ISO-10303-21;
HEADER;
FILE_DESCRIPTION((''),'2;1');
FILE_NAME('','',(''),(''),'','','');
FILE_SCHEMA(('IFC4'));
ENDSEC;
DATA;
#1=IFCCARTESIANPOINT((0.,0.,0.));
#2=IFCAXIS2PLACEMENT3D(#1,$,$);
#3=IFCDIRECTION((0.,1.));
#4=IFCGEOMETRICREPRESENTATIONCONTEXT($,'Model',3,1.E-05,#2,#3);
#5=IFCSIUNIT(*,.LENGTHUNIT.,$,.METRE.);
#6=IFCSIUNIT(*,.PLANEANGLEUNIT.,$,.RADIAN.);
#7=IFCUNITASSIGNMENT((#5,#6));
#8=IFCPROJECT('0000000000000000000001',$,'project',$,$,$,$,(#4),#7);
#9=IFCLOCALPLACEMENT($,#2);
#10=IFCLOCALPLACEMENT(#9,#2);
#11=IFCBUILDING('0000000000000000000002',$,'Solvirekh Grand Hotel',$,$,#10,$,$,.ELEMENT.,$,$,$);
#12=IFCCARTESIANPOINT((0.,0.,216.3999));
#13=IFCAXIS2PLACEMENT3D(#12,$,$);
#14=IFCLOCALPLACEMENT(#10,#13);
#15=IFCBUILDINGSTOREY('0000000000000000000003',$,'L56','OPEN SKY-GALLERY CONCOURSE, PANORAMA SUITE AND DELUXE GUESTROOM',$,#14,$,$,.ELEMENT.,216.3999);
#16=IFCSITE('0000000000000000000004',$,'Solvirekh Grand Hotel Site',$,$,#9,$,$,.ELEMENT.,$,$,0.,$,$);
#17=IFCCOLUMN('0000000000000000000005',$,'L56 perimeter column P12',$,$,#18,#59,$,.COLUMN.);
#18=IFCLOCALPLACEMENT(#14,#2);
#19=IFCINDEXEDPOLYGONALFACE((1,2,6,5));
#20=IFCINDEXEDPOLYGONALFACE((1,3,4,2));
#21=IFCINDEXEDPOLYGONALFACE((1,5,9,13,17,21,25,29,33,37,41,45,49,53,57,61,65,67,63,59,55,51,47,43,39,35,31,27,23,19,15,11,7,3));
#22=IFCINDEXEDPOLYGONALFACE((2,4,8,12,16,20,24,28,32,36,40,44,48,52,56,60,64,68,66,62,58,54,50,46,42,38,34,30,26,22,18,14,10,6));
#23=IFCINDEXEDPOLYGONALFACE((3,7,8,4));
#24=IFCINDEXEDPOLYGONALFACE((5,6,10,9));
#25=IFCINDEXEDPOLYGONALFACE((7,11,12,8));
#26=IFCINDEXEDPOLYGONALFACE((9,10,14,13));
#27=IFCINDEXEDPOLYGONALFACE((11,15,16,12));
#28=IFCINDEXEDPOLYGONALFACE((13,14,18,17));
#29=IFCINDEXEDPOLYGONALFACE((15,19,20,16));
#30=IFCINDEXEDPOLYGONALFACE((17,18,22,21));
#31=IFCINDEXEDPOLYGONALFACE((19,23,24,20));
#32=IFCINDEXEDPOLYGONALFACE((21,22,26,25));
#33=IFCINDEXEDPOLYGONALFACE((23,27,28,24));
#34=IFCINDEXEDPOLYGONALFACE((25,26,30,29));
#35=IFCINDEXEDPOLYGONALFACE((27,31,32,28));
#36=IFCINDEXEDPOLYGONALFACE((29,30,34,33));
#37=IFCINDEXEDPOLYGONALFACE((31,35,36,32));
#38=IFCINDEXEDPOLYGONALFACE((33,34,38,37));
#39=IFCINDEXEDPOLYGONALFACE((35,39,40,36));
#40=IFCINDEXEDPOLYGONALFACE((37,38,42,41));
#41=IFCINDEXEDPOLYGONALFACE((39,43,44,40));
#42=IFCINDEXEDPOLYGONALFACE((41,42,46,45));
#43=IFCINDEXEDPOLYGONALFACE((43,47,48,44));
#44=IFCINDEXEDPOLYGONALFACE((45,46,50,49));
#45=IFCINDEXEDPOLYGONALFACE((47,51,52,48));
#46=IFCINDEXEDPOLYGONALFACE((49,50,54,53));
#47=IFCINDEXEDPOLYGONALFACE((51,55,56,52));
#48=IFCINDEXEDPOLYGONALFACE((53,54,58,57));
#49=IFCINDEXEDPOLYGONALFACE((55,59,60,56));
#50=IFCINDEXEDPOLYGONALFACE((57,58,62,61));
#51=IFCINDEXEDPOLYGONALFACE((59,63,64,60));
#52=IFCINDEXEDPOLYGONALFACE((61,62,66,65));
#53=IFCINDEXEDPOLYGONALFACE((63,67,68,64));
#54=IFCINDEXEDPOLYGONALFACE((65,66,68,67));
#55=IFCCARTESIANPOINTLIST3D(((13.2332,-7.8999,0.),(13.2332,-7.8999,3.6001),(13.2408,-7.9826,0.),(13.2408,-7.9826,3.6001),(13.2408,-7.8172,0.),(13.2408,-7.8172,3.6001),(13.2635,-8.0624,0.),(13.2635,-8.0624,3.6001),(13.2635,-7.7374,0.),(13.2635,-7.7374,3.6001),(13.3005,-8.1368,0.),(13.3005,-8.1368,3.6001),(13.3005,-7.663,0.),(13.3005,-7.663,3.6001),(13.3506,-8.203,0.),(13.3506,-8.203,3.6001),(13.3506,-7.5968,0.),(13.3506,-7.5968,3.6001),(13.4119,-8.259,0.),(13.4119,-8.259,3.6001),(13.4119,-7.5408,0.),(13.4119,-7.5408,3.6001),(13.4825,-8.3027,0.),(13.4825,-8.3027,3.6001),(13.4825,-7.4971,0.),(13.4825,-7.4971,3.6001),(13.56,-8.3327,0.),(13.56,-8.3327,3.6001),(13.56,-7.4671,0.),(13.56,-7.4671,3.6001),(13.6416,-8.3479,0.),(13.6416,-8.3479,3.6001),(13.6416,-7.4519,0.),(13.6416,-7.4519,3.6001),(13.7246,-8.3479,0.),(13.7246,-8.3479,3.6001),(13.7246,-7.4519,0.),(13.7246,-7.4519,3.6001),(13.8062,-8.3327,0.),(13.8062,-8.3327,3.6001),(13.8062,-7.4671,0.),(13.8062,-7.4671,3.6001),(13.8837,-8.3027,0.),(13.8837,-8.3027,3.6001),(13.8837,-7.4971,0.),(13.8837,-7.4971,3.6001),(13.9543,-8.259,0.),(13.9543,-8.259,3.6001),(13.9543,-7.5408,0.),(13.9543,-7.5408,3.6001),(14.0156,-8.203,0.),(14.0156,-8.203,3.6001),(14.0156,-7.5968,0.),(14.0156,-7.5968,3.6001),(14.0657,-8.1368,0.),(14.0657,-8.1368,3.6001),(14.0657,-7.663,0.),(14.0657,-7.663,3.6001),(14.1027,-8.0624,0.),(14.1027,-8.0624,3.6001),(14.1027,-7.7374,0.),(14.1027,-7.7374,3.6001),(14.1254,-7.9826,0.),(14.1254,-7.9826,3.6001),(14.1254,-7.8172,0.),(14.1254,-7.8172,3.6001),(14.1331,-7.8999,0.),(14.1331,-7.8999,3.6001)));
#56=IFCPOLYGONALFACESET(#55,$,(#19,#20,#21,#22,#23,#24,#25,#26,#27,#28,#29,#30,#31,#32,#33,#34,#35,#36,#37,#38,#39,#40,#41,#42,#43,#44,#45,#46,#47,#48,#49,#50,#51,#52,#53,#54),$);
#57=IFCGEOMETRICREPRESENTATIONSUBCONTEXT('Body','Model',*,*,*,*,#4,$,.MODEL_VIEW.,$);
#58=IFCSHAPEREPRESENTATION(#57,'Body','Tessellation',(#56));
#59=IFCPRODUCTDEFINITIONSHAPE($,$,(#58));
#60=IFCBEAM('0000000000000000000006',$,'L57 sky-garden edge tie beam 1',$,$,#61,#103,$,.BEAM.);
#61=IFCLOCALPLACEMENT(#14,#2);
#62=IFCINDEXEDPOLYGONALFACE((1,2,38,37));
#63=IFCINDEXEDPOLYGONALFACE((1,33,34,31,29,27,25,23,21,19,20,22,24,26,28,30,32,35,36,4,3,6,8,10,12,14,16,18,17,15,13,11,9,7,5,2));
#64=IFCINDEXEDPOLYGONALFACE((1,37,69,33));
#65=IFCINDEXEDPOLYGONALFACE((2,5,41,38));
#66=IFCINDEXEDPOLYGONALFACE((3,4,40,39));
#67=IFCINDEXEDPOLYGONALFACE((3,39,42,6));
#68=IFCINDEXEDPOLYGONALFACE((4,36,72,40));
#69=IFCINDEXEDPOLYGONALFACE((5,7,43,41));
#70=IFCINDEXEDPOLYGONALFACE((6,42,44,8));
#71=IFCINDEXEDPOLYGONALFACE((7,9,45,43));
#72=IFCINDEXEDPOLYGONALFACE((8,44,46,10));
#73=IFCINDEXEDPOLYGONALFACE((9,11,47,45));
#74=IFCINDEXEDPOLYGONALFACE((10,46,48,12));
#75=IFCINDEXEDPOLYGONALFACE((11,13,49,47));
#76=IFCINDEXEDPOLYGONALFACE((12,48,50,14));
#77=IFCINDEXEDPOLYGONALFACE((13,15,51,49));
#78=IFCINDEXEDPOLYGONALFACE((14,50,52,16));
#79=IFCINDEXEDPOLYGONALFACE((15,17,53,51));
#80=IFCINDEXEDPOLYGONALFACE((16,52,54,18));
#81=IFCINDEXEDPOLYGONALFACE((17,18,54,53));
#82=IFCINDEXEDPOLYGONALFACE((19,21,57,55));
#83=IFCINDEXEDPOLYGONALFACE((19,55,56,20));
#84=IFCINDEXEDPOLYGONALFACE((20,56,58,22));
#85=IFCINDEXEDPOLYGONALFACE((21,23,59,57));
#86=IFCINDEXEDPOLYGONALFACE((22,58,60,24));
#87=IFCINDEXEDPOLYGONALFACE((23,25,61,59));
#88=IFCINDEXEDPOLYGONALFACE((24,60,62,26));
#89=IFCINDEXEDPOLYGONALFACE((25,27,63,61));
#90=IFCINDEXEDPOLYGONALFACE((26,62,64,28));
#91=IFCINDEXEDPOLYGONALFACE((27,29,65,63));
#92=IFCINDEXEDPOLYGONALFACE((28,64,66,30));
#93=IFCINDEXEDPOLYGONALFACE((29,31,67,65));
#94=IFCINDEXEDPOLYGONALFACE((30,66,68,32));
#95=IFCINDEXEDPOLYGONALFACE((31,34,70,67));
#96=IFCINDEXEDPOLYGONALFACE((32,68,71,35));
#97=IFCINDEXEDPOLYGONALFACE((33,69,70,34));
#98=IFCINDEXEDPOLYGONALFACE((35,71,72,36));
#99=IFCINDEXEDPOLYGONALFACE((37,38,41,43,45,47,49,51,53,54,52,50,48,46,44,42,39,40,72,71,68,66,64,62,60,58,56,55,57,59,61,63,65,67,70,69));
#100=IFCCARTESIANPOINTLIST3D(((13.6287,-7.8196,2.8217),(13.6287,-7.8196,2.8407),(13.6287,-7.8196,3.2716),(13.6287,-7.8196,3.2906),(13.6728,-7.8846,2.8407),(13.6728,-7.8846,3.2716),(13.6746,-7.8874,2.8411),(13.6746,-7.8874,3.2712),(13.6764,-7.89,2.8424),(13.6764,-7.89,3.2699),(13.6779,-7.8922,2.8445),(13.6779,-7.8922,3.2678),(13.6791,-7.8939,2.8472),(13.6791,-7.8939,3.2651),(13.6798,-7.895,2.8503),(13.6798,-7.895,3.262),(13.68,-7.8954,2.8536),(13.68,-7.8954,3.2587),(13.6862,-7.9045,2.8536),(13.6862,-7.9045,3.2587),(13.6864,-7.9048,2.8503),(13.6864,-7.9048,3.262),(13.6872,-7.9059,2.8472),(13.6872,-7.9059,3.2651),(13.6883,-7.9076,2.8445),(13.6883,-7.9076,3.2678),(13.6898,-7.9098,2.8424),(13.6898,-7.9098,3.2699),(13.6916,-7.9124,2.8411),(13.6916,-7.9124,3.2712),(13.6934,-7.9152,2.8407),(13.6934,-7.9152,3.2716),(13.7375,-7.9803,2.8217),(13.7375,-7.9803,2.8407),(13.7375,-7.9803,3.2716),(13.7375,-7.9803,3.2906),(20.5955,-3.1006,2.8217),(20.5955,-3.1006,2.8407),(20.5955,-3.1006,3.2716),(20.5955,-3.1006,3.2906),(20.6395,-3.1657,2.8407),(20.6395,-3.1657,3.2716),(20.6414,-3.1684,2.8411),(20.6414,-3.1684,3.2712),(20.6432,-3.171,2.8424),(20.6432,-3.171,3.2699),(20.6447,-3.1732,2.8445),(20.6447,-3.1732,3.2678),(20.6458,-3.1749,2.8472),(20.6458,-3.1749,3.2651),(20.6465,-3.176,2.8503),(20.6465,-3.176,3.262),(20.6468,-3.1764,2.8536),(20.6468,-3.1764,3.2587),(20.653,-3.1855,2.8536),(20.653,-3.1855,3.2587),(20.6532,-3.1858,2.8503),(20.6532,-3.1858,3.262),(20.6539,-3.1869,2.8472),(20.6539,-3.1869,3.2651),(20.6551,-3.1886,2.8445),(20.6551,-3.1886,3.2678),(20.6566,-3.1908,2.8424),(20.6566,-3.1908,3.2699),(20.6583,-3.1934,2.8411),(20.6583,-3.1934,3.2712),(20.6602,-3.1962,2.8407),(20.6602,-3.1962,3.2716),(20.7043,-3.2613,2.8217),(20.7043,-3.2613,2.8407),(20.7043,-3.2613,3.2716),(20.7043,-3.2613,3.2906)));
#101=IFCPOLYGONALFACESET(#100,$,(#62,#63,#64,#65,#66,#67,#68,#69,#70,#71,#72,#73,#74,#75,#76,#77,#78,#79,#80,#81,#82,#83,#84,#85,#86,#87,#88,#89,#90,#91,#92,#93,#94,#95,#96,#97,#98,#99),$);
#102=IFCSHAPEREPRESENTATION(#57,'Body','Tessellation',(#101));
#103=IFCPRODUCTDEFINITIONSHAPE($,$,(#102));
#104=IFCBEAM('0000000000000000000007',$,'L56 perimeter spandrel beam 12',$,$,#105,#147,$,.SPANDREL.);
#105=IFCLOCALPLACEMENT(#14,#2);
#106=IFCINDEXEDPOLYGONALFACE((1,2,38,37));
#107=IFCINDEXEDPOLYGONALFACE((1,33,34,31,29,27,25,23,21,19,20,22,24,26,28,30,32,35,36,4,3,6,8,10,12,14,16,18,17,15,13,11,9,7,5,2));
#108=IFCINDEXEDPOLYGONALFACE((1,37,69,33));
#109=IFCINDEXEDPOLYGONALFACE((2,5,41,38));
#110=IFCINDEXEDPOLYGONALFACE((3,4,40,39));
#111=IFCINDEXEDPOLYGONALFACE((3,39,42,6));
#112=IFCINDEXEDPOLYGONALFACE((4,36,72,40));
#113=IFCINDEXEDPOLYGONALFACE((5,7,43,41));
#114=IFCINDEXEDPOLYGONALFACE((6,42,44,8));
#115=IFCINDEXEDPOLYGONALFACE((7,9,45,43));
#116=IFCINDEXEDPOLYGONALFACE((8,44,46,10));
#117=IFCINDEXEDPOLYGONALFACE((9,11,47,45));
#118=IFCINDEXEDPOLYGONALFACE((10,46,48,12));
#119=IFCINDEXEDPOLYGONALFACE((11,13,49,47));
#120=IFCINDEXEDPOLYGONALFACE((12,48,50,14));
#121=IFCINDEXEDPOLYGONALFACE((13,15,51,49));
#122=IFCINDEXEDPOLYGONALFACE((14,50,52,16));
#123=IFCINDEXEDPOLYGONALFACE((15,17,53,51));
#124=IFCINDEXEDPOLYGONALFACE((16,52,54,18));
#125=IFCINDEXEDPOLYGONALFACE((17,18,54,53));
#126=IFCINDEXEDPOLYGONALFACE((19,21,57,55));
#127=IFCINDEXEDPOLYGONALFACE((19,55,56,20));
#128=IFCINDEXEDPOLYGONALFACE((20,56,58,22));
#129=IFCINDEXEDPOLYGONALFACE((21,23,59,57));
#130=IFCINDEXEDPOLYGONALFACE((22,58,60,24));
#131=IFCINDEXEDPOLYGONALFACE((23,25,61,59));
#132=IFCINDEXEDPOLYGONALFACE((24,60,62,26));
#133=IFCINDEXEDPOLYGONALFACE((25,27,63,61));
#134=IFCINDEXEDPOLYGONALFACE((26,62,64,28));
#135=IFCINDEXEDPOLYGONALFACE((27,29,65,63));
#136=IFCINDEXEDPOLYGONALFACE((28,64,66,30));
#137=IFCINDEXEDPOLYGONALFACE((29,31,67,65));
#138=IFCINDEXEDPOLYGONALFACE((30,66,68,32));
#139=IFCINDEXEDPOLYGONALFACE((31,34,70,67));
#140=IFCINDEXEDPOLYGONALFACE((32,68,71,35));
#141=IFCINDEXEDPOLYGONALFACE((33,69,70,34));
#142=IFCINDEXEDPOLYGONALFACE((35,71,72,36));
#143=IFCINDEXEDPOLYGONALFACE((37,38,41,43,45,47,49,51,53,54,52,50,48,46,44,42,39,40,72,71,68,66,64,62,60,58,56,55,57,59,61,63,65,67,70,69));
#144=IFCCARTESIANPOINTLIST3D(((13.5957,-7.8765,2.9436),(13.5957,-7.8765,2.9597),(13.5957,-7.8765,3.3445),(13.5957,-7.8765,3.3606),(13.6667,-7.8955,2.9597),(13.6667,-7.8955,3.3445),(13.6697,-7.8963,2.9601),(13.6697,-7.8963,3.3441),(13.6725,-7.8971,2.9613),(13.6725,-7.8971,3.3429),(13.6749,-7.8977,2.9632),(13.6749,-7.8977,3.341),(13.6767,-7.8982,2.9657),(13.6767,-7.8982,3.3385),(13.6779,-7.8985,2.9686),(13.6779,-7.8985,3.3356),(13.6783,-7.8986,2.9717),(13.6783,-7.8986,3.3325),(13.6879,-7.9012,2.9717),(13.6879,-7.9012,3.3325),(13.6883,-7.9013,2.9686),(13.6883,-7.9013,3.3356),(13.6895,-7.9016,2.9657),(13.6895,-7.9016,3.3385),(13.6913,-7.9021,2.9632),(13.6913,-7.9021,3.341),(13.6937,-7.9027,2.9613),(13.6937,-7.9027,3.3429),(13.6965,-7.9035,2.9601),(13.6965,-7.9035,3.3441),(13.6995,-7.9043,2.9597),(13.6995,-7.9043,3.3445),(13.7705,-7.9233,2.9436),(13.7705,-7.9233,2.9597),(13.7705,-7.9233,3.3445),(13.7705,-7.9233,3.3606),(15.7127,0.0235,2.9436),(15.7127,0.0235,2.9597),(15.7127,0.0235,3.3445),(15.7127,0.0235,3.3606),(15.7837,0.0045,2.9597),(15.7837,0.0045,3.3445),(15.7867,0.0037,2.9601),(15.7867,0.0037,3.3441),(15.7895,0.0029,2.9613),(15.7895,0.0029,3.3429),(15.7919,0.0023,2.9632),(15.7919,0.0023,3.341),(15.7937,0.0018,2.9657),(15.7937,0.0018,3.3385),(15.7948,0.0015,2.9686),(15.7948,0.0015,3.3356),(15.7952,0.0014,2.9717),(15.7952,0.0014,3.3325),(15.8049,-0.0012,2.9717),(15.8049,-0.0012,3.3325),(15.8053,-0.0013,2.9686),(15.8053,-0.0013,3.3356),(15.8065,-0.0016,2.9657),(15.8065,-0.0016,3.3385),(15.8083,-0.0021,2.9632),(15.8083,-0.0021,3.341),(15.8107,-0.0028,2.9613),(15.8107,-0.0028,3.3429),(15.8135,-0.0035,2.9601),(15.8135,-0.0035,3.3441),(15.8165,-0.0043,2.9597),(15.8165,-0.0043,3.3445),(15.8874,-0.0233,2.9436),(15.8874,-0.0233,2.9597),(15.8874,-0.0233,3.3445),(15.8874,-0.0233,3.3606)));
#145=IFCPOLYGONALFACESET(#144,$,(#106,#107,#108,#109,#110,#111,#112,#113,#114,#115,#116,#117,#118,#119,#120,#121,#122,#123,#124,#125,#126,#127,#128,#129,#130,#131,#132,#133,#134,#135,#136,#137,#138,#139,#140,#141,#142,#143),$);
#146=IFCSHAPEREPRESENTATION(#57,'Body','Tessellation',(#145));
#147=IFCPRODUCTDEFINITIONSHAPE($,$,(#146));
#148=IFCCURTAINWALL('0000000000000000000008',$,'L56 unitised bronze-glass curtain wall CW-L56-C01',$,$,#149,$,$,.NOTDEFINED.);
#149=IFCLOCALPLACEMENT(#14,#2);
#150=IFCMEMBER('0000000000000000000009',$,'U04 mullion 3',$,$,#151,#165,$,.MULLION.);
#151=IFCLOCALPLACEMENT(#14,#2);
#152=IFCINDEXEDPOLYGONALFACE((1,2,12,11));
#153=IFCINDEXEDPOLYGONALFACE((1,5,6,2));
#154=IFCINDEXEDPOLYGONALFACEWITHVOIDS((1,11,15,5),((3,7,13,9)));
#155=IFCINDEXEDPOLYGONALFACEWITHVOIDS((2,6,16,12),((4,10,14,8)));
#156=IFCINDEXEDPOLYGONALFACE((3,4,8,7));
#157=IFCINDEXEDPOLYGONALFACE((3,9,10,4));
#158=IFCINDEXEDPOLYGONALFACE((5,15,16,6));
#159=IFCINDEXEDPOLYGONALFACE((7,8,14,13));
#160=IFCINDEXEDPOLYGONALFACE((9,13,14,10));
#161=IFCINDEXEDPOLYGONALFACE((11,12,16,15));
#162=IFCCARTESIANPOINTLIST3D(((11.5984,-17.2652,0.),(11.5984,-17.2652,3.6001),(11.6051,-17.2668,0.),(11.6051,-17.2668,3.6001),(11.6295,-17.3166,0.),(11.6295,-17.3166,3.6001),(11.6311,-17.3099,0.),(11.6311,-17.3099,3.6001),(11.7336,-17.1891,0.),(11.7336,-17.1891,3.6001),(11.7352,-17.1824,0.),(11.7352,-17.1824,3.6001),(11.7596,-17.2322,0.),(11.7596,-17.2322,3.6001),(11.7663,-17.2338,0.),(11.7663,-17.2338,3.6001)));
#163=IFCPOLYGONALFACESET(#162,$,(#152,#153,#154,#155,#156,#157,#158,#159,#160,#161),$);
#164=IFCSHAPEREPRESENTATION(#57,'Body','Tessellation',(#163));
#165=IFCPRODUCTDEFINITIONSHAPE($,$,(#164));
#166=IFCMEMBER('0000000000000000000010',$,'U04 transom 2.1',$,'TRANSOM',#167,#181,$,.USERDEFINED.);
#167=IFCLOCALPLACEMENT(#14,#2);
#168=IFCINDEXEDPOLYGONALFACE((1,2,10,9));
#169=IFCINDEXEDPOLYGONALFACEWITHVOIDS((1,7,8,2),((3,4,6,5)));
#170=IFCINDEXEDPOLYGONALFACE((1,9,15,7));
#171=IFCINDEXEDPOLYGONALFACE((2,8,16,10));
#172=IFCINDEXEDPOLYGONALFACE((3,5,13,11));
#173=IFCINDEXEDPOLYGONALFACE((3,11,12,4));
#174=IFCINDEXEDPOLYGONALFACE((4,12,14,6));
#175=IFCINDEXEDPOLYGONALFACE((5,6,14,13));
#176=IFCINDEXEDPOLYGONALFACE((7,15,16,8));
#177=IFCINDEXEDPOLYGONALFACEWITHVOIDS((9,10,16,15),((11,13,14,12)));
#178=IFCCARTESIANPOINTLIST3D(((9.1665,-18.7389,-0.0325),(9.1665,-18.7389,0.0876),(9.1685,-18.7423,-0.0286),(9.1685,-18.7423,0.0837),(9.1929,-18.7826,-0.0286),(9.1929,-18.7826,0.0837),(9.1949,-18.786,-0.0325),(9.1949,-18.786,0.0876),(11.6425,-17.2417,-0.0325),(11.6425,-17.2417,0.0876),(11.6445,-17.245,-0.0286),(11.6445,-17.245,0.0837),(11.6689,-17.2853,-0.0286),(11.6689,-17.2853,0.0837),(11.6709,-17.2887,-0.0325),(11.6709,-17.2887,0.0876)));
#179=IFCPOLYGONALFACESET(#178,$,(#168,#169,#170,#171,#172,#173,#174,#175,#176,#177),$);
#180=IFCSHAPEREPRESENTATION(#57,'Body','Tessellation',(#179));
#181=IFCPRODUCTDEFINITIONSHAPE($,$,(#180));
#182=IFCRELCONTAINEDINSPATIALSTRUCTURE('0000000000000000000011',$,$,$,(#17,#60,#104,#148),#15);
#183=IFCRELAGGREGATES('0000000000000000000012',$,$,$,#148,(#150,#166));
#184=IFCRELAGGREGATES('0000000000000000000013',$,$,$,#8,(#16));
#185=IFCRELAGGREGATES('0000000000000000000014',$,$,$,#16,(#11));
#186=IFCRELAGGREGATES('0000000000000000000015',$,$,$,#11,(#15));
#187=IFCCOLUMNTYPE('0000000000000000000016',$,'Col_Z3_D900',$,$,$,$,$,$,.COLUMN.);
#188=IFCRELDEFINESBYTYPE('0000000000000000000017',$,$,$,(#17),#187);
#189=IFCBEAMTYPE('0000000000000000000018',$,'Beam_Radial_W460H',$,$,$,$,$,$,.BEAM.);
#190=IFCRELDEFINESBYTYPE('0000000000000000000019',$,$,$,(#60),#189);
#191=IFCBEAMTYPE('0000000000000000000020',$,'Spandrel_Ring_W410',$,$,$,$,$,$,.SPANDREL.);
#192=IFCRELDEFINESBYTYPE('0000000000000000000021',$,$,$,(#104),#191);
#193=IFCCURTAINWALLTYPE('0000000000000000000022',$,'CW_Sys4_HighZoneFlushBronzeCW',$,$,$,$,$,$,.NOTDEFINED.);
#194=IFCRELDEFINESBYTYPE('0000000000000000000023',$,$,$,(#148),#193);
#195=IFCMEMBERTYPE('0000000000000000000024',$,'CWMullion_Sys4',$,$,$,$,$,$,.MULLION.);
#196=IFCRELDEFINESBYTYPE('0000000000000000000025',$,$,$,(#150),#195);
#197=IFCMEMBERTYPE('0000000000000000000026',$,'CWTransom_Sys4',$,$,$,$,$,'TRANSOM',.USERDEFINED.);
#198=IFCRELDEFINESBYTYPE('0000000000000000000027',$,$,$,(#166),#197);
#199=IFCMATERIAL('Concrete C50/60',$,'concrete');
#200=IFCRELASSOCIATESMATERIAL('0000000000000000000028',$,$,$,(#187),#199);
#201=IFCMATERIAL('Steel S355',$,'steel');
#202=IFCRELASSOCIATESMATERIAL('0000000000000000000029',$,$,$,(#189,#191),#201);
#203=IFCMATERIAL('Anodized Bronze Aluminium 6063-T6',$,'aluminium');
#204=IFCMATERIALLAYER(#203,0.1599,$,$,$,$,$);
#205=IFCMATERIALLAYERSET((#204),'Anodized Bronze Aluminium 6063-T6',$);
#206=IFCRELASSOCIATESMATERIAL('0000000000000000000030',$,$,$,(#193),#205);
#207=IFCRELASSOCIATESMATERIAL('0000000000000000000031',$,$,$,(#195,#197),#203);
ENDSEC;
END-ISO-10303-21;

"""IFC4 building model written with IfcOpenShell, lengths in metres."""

from ifc_helpers import new_model, si_unit, direction, frame, origin, origin_2d, place, context, subcontext, project, spatial, hollow_rectangle, circle, i_section, extrude, source, transform, mapped, material, layer, layer_set, material_profile, profile_set, type_object, element, aggregate, save


model = new_model("IFC4")

# Units and contexts
model_context = context("Model", 3, precision=1e-05, world=origin(), true_north=direction((0.0, 1.0)))
body_context = subcontext(model_context, "Body", "Model", "MODEL_VIEW")
ifc_project = project(units=[si_unit("LENGTHUNIT", "METRE"), si_unit("PLANEANGLEUNIT", "RADIAN")], contexts=[model_context])

# Site, building, storey
site_placement = place(None, origin())
site = spatial("IfcSite", under=ifc_project, at=site_placement, Name="Solvirekh Grand Hotel Site", CompositionType="ELEMENT", RefElevation=0.0)
building_placement = place(site_placement, origin())
building = spatial("IfcBuilding", under=site, at=building_placement, Name="Solvirekh Grand Hotel", CompositionType="ELEMENT")
storey_placement = place(building_placement, frame((0.0, 0.0, 216.3999)))
storey = spatial("IfcBuildingStorey", under=building, at=storey_placement, Name="L56", Description="OPEN SKY-GALLERY CONCOURSE, PANORAMA SUITE AND DELUXE GUESTROOM", CompositionType="ELEMENT", Elevation=216.3999)

# Column
ifc_material_1 = material(Name="Concrete C50/60", Category="concrete")
ifc_material_profile_1 = material_profile(ifc_material_1, circle(Radius=0.45, at=origin_2d()), Name="RC CIRC D900")
ifc_profile_set_1 = profile_set([ifc_material_profile_1], Name="Concrete C50/60")
column_type = type_object("IfcColumnType", Name="Col_Z3_D900", PredefinedType="COLUMN", material=ifc_profile_set_1)
column_placement = place(storey_placement, frame((13.6831, -7.8999, 0.0), z_axis=(0.0, 0.0, 1.0), x_axis=(1.0, 0.0, 0.0)))
element("IfcColumn", 1, at=column_placement, inside=storey, type_object=column_type, Name="L56 perimeter column P12", PredefinedType="COLUMN", context=body_context, shape_type="SweptSolid", body=[
    extrude(circle(Radius=0.45, at=origin_2d()), origin(), (0.0, 0.0, 1.0), 3.6001),
])

# Beams
ifc_material_2 = material(Name="Steel S355", Category="steel")
ifc_material_profile_2 = material_profile(ifc_material_2, i_section(OverallWidth=0.1941, OverallDepth=0.469, WebThickness=0.011, FlangeThickness=0.019, FilletRadius=0.0129, at=origin_2d()), Name="W460X106")
ifc_profile_set_2 = profile_set([ifc_material_profile_2], Name="Steel S355")
beam_type_1 = type_object("IfcBeamType", Name="Beam_Radial_W460H", PredefinedType="BEAM", material=ifc_profile_set_2)
beam_1_placement = place(storey_placement, frame((13.6831, -7.8999, 3.0562), z_axis=(0.827943, 0.560812, 0.0), x_axis=(-0.560812, 0.827943, 0.0)))
element("IfcBeam", 2, at=beam_1_placement, inside=storey, type_object=beam_type_1, Name="L57 sky-garden edge tie beam 1", PredefinedType="BEAM", context=body_context, shape_type="SweptSolid", body=[
    extrude(i_section(OverallWidth=0.1941, OverallDepth=0.469, WebThickness=0.011, FlangeThickness=0.019, FilletRadius=0.0129, at=origin_2d()), origin(), (0.0, 0.0, 1.0), 8.4146),
])
ifc_material_profile_3 = material_profile(ifc_material_2, i_section(OverallWidth=0.1809, OverallDepth=0.417, WebThickness=0.01, FlangeThickness=0.0161, FilletRadius=0.012, at=origin_2d()), Name="W410X85")
ifc_profile_set_3 = profile_set([ifc_material_profile_3], Name="Steel S355")
beam_type_2 = type_object("IfcBeamType", Name="Spandrel_Ring_W410", PredefinedType="SPANDREL", material=ifc_profile_set_3)
beam_2_placement = place(storey_placement, frame((13.6831, -7.8999, 3.1521), z_axis=(0.258839, 0.965921, 0.0), x_axis=(-0.965921, 0.258839, 0.0)))
element("IfcBeam", 3, at=beam_2_placement, inside=storey, type_object=beam_type_2, Name="L56 perimeter spandrel beam 12", PredefinedType="SPANDREL", context=body_context, shape_type="SweptSolid", body=[
    extrude(i_section(OverallWidth=0.1809, OverallDepth=0.417, WebThickness=0.01, FlangeThickness=0.0161, FilletRadius=0.012, at=origin_2d()), origin(), (0.0, 0.0, 1.0), 8.1787),
])

# Curtain wall, members
ifc_material_3 = material(Name="Anodized Bronze Aluminium 6063-T6", Category="aluminium")
ifc_layer_1 = layer(ifc_material_3, 0.1599)
ifc_layer_set_1 = layer_set([ifc_layer_1], Name="Anodized Bronze Aluminium 6063-T6")
curtain_wall_type = type_object("IfcCurtainWallType", Name="CW_Sys4_HighZoneFlushBronzeCW", PredefinedType="NOTDEFINED", material=ifc_layer_set_1)
curtain_wall_placement = place(storey_placement, origin())
curtain_wall = element("IfcCurtainWall", 4, at=curtain_wall_placement, inside=storey, type_object=curtain_wall_type, Name="L56 unitised bronze-glass curtain wall CW-L56-C01", PredefinedType="NOTDEFINED")
ifc_material_profile_4 = material_profile(ifc_material_3, hollow_rectangle(XDim=0.0601, YDim=0.1599, WallThickness=0.0049, at=origin_2d()), Name="ALU RHS 160X60X5")
ifc_profile_set_4 = profile_set([ifc_material_profile_4], Name="Anodized Bronze Aluminium 6063-T6")
member_type_1 = type_object("IfcMemberType", Name="CWMullion_Sys4", PredefinedType="MULLION", material=ifc_profile_set_4)
shared_shape_1 = source(origin(), body_context, "Body", "SweptSolid", [
    extrude(hollow_rectangle(XDim=0.0601, YDim=0.1599, WallThickness=0.0049, at=origin_2d()), origin(), (0.0, 0.0, 1.0), 3.6001),
])
member_1_placement = place(storey_placement, frame((11.6824, -17.2495, 0.0), z_axis=(0.0, 0.0, 1.0), x_axis=(-0.517499, 0.855684, 0.0)))
member_1 = element("IfcMember", 5, at=member_1_placement, type_object=member_type_1, Name="U04 mullion 3", PredefinedType="MULLION", context=body_context, shape_type="MappedRepresentation", body=[
    mapped(shared_shape_1, transform((0.0, 0.0, 0.0), x_axis=(1.0, 0.0, 0.0), y_axis=(0.0, 1.0, 0.0), z_axis=(0.0, 0.0, 1.0), scale=1.0)),
])
ifc_material_profile_5 = material_profile(ifc_material_3, hollow_rectangle(XDim=0.0549, YDim=0.1201, WallThickness=0.0039, at=origin_2d()), Name="ALU RHS 120X55X4")
ifc_profile_set_5 = profile_set([ifc_material_profile_5], Name="Anodized Bronze Aluminium 6063-T6")
member_type_2 = type_object("IfcMemberType", Name="CWTransom_Sys4", ElementType="TRANSOM", PredefinedType="USERDEFINED", material=ifc_profile_set_5)
shared_shape_2 = source(origin(), body_context, "Body", "SweptSolid", [
    extrude(hollow_rectangle(XDim=0.0549, YDim=0.1201, WallThickness=0.0039, at=origin_2d()), origin(), (0.0, 0.0, 1.0), 2.8936),
])
member_2_placement = place(storey_placement, frame((9.1807, -18.7625, 0.0276), z_axis=(0.855709, 0.517458, 0.0), x_axis=(-0.517458, 0.855709, 0.0)))
member_2 = element("IfcMember", 6, at=member_2_placement, type_object=member_type_2, Name="U04 transom 2.1", ObjectType="TRANSOM", PredefinedType="USERDEFINED", context=body_context, shape_type="MappedRepresentation", body=[
    mapped(shared_shape_2, transform((0.0, 0.0, 0.0), x_axis=(1.0, 0.0, 0.0), y_axis=(0.0, 1.0, 0.0), z_axis=(0.0, 0.0, 1.0), scale=1.0)),
])
aggregate(curtain_wall, [member_1, member_2])

save(model, "model.ifc")
